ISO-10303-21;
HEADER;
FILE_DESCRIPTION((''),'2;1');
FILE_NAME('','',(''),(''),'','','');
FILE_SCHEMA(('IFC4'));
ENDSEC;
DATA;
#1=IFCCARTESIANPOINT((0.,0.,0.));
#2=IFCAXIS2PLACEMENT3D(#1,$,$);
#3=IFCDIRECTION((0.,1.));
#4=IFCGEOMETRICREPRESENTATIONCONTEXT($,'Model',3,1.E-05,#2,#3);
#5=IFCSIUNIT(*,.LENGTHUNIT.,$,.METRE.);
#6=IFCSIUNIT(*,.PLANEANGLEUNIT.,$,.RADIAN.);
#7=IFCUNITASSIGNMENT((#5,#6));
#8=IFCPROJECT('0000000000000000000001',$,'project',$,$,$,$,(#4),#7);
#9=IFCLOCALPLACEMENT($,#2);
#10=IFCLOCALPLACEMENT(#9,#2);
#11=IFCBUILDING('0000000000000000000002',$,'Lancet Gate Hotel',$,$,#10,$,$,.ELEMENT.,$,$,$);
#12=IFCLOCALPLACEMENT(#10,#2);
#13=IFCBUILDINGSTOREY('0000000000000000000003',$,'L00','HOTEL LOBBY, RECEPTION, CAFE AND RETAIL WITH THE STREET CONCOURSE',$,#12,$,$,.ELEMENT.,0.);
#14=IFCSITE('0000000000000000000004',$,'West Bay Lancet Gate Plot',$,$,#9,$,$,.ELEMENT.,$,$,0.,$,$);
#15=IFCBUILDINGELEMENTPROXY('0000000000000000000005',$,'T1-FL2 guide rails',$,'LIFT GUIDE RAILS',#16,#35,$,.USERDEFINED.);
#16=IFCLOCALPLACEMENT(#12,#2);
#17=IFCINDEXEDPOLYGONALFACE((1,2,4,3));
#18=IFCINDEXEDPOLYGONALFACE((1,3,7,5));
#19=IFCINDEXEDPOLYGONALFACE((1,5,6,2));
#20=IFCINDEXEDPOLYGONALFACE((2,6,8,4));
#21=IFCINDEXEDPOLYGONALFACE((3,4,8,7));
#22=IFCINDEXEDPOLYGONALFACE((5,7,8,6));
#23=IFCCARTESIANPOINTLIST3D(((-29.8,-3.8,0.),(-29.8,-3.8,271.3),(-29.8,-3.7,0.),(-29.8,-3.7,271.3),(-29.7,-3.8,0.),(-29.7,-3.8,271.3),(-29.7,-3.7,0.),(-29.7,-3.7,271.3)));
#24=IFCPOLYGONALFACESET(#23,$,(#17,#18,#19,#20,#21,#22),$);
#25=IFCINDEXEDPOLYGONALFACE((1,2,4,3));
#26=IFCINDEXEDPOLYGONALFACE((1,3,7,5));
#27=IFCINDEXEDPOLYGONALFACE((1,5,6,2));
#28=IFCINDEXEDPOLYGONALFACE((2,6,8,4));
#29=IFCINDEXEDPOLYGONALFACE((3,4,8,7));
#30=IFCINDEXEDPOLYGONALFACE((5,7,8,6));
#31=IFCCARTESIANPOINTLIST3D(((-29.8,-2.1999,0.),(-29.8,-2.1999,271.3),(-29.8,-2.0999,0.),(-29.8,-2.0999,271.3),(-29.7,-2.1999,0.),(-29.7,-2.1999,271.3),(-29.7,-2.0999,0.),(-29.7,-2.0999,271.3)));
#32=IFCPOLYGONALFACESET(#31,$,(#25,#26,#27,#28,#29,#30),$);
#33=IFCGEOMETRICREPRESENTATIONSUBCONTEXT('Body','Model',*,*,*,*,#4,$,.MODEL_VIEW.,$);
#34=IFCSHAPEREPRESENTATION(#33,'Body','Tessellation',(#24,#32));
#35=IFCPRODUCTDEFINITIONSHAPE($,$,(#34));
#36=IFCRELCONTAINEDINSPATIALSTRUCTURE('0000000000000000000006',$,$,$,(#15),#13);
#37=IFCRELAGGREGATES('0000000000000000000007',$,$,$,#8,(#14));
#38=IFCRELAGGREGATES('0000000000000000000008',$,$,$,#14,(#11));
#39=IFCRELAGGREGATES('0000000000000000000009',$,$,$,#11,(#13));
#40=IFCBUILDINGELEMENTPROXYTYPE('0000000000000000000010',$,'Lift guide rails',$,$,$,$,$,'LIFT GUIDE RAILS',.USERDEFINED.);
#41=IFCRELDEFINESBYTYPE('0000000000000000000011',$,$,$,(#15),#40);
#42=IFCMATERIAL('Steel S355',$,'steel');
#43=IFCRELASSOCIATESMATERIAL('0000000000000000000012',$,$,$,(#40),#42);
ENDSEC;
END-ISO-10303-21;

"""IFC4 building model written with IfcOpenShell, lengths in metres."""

from ifc_helpers import new_model, si_unit, direction, frame, origin, origin_2d, place, context, subcontext, project, spatial, rectangle, extrude, material, type_object, element, save


model = new_model("IFC4")

# Units and contexts
model_context = context("Model", 3, precision=1e-05, world=origin(), true_north=direction((0.0, 1.0)))
body_context = subcontext(model_context, "Body", "Model", "MODEL_VIEW")
ifc_project = project(units=[si_unit("LENGTHUNIT", "METRE"), si_unit("PLANEANGLEUNIT", "RADIAN")], contexts=[model_context])

# Site, building, storey
site_placement = place(None, origin())
site = spatial("IfcSite", under=ifc_project, at=site_placement, Name="West Bay Lancet Gate Plot", CompositionType="ELEMENT", RefElevation=0.0)
building_placement = place(site_placement, origin())
building = spatial("IfcBuilding", under=site, at=building_placement, Name="Lancet Gate Hotel", CompositionType="ELEMENT")
storey_placement = place(building_placement, origin())
storey = spatial("IfcBuildingStorey", under=building, at=storey_placement, Name="L00", Description="HOTEL LOBBY, RECEPTION, CAFE AND RETAIL WITH THE STREET CONCOURSE", CompositionType="ELEMENT", Elevation=0.0)

# Building element proxy
ifc_material_1 = material(Name="Steel S355", Category="steel")
building_element_proxy_type = type_object("IfcBuildingElementProxyType", Name="Lift guide rails", ElementType="LIFT GUIDE RAILS", PredefinedType="USERDEFINED", material=ifc_material_1)
proxy_placement = place(storey_placement, frame((-29.75, -2.95, 0.0), z_axis=(0.0, 0.0, 1.0), x_axis=(1.0, 0.0, 0.0)))
element("IfcBuildingElementProxy", 1, at=proxy_placement, inside=storey, type_object=building_element_proxy_type, Name="T1-FL2 guide rails", ObjectType="LIFT GUIDE RAILS", PredefinedType="USERDEFINED", context=body_context, shape_type="SweptSolid", body=[
    extrude(rectangle(XDim=0.1, YDim=0.1, at=origin_2d()), frame((0.0, -0.8, 0.0)), (0.0, 0.0, 1.0), 271.3),
    extrude(rectangle(XDim=0.1, YDim=0.1, at=origin_2d()), frame((0.0, 0.8, 0.0)), (0.0, 0.0, 1.0), 271.3),
])

save(model, "model.ifc")
